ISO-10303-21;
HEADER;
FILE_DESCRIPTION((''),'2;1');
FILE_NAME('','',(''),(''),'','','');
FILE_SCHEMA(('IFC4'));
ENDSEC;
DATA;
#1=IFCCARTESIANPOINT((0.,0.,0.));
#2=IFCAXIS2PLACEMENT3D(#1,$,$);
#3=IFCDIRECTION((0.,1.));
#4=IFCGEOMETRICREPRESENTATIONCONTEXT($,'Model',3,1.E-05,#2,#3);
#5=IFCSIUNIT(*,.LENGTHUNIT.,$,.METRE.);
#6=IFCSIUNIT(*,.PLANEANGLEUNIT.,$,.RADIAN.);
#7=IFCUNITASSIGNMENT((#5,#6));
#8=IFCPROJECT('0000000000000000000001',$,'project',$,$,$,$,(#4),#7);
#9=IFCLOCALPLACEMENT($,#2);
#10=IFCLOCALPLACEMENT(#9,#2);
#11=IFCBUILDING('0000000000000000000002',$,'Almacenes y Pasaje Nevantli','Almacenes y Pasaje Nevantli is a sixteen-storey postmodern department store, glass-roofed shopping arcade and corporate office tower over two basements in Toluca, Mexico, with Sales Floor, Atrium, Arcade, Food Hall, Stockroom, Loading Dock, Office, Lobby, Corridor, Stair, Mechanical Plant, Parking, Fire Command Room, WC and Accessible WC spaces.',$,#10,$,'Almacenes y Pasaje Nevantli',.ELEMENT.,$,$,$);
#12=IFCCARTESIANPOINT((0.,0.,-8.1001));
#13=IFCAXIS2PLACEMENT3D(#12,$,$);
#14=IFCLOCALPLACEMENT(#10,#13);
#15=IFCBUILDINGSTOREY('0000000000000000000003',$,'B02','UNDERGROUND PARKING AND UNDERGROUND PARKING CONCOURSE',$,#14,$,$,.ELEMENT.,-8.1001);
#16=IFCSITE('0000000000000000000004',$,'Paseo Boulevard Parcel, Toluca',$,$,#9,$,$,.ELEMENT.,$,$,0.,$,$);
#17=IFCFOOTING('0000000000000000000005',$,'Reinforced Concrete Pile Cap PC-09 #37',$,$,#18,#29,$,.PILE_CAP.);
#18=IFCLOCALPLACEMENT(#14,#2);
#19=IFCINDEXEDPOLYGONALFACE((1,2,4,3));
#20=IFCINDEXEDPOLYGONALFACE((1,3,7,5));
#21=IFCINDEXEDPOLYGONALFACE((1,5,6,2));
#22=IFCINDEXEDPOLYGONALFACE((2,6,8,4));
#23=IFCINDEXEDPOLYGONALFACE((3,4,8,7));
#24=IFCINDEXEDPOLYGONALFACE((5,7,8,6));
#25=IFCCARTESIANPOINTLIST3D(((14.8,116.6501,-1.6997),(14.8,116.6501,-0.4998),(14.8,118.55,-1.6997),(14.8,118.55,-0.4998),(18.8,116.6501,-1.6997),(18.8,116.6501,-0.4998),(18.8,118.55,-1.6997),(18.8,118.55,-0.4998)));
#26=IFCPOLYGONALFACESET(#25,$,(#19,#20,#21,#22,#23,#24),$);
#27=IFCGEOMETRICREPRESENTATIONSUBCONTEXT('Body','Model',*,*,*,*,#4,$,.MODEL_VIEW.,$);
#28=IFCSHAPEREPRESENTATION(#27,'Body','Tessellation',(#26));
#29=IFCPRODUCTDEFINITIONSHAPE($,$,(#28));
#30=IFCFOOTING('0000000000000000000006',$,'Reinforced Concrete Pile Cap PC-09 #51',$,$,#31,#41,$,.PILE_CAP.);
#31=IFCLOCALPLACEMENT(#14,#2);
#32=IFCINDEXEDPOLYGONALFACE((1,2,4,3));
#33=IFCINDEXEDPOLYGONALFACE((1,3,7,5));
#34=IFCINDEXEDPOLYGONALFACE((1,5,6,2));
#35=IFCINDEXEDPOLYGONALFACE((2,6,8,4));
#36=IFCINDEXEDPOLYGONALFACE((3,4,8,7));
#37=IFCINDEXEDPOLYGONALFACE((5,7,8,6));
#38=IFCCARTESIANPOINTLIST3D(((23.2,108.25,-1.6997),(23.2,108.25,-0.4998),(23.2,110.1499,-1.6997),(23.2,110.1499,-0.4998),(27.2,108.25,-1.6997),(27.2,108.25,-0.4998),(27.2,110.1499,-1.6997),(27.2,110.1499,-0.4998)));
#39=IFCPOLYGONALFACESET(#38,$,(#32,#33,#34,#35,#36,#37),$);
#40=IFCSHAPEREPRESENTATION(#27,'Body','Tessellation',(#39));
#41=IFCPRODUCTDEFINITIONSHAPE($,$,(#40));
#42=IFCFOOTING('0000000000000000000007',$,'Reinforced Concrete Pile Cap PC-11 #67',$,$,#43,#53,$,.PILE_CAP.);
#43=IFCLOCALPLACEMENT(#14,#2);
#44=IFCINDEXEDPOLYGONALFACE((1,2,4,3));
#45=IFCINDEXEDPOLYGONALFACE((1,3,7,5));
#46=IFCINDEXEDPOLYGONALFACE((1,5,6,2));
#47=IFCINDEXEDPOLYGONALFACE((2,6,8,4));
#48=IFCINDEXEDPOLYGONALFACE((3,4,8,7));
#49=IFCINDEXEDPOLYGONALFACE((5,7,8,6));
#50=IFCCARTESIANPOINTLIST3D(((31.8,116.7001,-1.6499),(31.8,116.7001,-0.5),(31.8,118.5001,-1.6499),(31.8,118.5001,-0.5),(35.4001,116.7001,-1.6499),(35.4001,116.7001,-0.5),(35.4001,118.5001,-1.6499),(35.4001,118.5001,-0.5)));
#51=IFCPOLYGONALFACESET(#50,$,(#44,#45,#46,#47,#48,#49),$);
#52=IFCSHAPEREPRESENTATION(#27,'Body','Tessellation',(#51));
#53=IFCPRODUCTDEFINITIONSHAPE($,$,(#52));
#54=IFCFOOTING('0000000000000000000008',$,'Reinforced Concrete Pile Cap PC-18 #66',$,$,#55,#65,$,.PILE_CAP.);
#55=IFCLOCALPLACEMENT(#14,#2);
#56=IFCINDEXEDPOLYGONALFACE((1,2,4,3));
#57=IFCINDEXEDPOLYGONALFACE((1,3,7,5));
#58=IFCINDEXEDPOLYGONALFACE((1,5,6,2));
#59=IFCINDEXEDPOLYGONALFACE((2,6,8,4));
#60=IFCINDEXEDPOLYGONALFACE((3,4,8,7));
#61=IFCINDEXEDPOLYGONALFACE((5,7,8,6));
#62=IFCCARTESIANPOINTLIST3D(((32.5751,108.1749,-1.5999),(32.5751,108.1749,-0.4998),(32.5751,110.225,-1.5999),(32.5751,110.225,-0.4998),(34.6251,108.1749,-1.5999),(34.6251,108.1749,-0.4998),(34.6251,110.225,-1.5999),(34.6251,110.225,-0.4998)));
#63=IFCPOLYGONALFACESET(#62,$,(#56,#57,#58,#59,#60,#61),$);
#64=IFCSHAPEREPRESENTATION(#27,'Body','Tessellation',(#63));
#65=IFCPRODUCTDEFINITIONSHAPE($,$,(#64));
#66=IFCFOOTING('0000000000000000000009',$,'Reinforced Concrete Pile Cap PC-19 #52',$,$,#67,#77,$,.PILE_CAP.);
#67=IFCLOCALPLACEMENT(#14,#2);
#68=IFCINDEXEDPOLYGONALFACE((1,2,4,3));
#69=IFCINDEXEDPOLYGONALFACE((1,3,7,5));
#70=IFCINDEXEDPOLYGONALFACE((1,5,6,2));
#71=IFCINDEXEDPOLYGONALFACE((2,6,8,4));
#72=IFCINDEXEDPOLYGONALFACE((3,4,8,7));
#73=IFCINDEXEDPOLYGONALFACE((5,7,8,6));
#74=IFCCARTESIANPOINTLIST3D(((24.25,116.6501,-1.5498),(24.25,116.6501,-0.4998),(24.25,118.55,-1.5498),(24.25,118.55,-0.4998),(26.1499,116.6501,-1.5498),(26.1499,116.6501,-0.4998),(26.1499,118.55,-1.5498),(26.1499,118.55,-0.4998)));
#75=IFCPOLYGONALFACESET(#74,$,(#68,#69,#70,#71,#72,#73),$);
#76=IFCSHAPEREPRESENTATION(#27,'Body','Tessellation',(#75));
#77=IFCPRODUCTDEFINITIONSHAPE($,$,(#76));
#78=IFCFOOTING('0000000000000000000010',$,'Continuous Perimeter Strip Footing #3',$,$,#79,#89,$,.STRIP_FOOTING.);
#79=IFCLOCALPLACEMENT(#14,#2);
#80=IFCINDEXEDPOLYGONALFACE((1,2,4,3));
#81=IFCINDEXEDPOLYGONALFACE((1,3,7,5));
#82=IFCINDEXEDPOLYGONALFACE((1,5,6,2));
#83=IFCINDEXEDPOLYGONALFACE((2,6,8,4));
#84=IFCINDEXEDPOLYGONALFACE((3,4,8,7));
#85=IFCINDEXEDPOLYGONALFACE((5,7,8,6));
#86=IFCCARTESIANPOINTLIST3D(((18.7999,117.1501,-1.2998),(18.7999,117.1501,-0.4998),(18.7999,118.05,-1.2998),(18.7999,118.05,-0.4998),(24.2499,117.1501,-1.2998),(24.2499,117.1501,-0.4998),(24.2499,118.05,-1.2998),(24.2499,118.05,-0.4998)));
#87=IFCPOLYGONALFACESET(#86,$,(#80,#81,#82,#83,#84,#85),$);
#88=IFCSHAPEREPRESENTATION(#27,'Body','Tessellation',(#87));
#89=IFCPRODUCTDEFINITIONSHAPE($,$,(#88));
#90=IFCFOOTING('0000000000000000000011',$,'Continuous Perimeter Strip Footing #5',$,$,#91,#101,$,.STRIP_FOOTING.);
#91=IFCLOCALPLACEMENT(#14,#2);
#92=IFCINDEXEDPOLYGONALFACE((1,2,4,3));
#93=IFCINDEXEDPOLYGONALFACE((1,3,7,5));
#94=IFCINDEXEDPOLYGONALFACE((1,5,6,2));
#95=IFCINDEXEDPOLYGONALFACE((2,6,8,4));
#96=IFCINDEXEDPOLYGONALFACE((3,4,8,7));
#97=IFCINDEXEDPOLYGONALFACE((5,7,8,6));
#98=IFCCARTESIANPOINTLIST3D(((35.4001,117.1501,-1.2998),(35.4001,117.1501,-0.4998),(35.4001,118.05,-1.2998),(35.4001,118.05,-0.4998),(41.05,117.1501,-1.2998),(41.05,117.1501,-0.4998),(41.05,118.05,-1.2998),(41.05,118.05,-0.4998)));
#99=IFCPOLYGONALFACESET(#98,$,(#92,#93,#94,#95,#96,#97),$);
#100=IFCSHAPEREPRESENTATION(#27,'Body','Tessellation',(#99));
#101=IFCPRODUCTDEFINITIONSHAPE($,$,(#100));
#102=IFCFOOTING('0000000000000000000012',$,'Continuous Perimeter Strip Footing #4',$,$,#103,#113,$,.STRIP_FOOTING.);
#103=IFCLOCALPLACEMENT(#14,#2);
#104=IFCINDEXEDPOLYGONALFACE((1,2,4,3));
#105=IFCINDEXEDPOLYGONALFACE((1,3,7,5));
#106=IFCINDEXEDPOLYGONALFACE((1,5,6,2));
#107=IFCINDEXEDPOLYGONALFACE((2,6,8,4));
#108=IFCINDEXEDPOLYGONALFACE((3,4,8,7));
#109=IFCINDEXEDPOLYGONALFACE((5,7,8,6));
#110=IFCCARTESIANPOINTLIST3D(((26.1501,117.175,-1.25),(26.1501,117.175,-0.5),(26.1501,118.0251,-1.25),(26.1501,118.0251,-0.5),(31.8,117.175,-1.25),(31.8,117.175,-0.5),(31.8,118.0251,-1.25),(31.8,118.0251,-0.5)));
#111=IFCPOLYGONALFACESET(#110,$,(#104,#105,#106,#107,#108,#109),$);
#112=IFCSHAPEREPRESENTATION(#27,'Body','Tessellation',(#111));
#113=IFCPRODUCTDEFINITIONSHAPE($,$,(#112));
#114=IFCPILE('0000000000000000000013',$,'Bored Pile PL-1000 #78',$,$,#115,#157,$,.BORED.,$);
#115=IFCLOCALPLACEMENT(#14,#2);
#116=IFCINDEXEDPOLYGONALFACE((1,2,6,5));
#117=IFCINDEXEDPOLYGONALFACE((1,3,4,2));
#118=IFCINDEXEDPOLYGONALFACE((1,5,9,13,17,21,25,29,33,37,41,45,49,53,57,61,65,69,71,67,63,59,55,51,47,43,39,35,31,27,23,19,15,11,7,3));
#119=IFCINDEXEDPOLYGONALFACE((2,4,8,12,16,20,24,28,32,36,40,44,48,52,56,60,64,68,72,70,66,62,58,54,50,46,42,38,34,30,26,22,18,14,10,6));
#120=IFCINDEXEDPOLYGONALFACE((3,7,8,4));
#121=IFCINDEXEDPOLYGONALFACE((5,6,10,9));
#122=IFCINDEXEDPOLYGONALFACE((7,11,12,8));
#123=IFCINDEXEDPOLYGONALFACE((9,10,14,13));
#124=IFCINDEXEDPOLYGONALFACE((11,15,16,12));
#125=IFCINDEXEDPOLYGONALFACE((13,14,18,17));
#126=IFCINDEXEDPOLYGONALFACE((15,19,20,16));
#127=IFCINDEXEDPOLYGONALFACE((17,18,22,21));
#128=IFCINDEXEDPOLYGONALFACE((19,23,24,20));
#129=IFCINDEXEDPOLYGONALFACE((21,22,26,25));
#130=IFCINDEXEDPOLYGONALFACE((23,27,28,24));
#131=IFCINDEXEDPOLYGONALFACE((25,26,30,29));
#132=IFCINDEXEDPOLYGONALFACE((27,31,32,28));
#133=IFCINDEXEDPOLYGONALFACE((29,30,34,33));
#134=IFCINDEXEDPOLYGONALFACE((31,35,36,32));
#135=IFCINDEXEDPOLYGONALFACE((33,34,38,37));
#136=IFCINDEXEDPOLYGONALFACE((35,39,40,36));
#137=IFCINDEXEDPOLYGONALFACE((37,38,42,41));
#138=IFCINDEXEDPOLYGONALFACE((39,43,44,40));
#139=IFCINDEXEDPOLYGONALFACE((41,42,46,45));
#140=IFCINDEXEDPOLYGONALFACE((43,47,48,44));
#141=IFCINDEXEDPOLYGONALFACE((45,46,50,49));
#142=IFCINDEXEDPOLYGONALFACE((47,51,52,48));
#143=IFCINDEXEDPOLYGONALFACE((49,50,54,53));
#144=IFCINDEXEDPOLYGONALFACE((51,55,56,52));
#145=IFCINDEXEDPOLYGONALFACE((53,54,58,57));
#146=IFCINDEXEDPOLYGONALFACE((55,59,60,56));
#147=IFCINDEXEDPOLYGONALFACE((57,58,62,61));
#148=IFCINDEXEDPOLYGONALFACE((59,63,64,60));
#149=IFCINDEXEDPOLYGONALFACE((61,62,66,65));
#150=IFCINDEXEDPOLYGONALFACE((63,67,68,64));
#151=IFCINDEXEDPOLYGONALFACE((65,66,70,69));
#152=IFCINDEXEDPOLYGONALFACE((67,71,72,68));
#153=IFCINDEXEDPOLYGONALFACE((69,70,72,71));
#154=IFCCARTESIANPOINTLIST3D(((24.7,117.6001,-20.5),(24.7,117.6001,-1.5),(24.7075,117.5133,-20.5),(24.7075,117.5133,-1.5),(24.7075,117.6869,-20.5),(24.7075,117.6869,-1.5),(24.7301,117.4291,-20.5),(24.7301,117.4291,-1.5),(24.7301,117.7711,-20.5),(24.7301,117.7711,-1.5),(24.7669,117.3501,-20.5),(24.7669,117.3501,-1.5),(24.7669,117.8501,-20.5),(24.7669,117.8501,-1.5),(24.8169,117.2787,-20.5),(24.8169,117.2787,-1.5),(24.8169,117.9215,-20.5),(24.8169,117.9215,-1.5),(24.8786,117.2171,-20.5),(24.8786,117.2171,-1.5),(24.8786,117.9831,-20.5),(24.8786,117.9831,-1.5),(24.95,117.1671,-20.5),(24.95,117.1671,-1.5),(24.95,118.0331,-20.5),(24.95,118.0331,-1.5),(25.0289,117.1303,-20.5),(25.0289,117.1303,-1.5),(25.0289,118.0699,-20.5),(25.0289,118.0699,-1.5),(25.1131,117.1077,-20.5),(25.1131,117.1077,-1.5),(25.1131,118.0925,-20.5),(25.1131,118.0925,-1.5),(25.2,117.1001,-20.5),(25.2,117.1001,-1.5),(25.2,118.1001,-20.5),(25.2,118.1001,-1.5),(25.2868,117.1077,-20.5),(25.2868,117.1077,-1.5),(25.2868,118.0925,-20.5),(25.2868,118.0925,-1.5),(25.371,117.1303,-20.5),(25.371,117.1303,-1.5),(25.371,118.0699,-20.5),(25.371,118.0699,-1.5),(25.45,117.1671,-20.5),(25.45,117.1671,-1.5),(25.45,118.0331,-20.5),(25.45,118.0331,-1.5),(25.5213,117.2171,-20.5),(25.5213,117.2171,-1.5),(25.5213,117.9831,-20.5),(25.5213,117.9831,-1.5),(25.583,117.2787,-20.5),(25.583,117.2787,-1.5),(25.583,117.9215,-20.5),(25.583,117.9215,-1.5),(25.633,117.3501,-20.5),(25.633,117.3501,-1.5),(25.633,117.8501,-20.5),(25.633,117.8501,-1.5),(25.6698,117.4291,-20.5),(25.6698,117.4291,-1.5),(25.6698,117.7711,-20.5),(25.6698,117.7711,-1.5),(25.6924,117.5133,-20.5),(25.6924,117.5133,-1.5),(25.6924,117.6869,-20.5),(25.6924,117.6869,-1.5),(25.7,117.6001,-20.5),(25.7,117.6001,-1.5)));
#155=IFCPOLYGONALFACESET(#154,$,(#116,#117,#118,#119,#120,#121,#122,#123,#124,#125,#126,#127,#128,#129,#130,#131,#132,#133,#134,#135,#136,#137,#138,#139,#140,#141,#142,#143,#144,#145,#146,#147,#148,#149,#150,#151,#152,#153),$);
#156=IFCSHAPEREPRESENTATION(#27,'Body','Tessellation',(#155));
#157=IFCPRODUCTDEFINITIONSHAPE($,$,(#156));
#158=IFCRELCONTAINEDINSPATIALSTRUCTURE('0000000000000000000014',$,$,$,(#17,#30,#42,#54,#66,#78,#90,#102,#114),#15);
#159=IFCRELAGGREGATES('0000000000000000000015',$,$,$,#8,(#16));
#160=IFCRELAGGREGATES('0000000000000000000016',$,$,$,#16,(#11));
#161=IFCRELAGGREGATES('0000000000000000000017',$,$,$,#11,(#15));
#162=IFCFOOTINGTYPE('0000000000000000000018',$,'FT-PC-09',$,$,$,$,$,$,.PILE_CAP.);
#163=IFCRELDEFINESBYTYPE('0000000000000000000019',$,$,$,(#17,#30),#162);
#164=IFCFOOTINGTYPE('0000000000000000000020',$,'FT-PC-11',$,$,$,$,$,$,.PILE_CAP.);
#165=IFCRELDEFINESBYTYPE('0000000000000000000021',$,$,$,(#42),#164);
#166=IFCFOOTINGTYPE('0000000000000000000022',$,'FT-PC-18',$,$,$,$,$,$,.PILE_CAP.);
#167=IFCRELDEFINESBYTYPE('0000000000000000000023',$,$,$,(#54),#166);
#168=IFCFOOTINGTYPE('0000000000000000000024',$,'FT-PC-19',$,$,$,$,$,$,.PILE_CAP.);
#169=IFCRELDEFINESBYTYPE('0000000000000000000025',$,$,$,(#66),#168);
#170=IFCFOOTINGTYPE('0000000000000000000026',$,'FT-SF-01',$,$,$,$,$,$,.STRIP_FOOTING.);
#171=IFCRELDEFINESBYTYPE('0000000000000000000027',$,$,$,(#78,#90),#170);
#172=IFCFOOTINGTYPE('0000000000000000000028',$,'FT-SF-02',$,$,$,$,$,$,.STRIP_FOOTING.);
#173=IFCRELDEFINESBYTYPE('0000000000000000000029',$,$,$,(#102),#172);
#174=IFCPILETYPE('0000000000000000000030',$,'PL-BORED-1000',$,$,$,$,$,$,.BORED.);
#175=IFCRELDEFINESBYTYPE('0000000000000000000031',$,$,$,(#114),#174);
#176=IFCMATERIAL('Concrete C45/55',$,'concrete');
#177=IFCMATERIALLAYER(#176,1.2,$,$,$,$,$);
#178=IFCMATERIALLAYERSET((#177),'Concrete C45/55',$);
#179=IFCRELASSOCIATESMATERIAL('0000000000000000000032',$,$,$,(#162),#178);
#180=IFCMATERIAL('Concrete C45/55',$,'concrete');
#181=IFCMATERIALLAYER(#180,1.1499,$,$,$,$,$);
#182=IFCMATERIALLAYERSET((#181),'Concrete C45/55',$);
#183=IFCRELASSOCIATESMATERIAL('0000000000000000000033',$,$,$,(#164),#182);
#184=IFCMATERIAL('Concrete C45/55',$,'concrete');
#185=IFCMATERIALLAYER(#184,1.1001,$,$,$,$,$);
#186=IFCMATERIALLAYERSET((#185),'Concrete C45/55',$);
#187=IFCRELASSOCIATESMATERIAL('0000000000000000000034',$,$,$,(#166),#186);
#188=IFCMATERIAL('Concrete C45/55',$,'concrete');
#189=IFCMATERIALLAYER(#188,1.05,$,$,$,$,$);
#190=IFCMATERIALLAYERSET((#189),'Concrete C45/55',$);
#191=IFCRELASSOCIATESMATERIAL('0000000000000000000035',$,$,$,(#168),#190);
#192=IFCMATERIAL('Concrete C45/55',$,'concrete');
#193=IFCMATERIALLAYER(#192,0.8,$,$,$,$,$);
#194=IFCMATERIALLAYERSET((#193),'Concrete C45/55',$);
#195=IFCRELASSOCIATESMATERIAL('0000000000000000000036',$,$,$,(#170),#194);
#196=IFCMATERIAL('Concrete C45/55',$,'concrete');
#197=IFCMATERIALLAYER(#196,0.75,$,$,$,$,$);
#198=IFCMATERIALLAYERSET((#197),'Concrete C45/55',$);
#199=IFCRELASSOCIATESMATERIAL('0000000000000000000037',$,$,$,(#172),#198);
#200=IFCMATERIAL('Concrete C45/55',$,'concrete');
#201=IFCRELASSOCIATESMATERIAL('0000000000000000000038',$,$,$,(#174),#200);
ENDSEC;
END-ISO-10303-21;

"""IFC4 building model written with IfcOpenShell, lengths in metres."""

from ifc_helpers import new_model, si_unit, direction, frame, origin, origin_2d, place, context, subcontext, project, spatial, rectangle, circle, extrude, material, layer, layer_set, material_profile, profile_set, type_object, element, save


model = new_model("IFC4")

# Units and contexts
model_context = context("Model", 3, precision=1e-05, world=origin(), true_north=direction((0.0, 1.0)))
body_context = subcontext(model_context, "Body", "Model", "MODEL_VIEW")
ifc_project = project(units=[si_unit("LENGTHUNIT", "METRE"), si_unit("PLANEANGLEUNIT", "RADIAN")], contexts=[model_context])

# Site, building, storey
site_placement = place(None, origin())
site = spatial("IfcSite", under=ifc_project, at=site_placement, Name="Paseo Boulevard Parcel, Toluca", CompositionType="ELEMENT", RefElevation=0.0)
building_placement = place(site_placement, origin())
building = spatial("IfcBuilding", under=site, at=building_placement, Name="Almacenes y Pasaje Nevantli", Description="Almacenes y Pasaje Nevantli is a sixteen-storey postmodern department store, glass-roofed shopping arcade and corporate office tower over two basements in Toluca, Mexico, with Sales Floor, Atrium, Arcade, Food Hall, Stockroom, Loading Dock, Office, Lobby, Corridor, Stair, Mechanical Plant, Parking, Fire Command Room, WC and Accessible WC spaces.", LongName="Almacenes y Pasaje Nevantli", CompositionType="ELEMENT")
storey_placement = place(building_placement, frame((0.0, 0.0, -8.1001)))
storey = spatial("IfcBuildingStorey", under=building, at=storey_placement, Name="B02", Description="UNDERGROUND PARKING AND UNDERGROUND PARKING CONCOURSE", CompositionType="ELEMENT", Elevation=-8.1001)

# Footings
ifc_material_1 = material(Name="Concrete C45/55", Category="concrete")
ifc_layer_1 = layer(ifc_material_1, 1.2)
ifc_layer_set_1 = layer_set([ifc_layer_1], Name="Concrete C45/55")
footing_type_1 = type_object("IfcFootingType", Name="FT-PC-09", PredefinedType="PILE_CAP", material=ifc_layer_set_1)
for number, where, z_axis, x_axis, name in (
    (1, (16.8, 117.6001, -1.6997), (0.0, 0.0, 1.0), (1.0, 0.0, 0.0), "Reinforced Concrete Pile Cap PC-09 #37"),
    (2, (25.2, 109.2, -1.6997), (0.0, 0.0, 1.0), (1.0, 0.0, 0.0), "Reinforced Concrete Pile Cap PC-09 #51"),
):
    element("IfcFooting", number, at=place(storey_placement, frame(where, z_axis=z_axis, x_axis=x_axis)), inside=storey, type_object=footing_type_1, Name=name, PredefinedType="PILE_CAP", context=body_context, shape_type="SweptSolid", body=[
        extrude(rectangle(XDim=4.0, YDim=1.8999, at=origin_2d()), origin(), (0.0, 0.0, 1.0), 1.2),
    ])
ifc_material_2 = material(Name="Concrete C45/55", Category="concrete")
ifc_layer_2 = layer(ifc_material_2, 1.1499)
ifc_layer_set_2 = layer_set([ifc_layer_2], Name="Concrete C45/55")
footing_type_2 = type_object("IfcFootingType", Name="FT-PC-11", PredefinedType="PILE_CAP", material=ifc_layer_set_2)
footing_1_placement = place(storey_placement, frame((33.6001, 117.6001, -1.6499), z_axis=(0.0, 0.0, 1.0), x_axis=(1.0, 0.0, 0.0)))
element("IfcFooting", 3, at=footing_1_placement, inside=storey, type_object=footing_type_2, Name="Reinforced Concrete Pile Cap PC-11 #67", PredefinedType="PILE_CAP", context=body_context, shape_type="SweptSolid", body=[
    extrude(rectangle(XDim=3.6001, YDim=1.8, at=origin_2d()), origin(), (0.0, 0.0, 1.0), 1.1499),
])
ifc_material_3 = material(Name="Concrete C45/55", Category="concrete")
ifc_layer_3 = layer(ifc_material_3, 1.1001)
ifc_layer_set_3 = layer_set([ifc_layer_3], Name="Concrete C45/55")
footing_type_3 = type_object("IfcFootingType", Name="FT-PC-18", PredefinedType="PILE_CAP", material=ifc_layer_set_3)
footing_2_placement = place(storey_placement, frame((33.6001, 109.2, -1.5999), z_axis=(0.0, 0.0, 1.0), x_axis=(1.0, 0.0, 0.0)))
element("IfcFooting", 4, at=footing_2_placement, inside=storey, type_object=footing_type_3, Name="Reinforced Concrete Pile Cap PC-18 #66", PredefinedType="PILE_CAP", context=body_context, shape_type="SweptSolid", body=[
    extrude(rectangle(XDim=2.05, YDim=2.05, at=origin_2d()), origin(), (0.0, 0.0, 1.0), 1.1001),
])
ifc_material_4 = material(Name="Concrete C45/55", Category="concrete")
ifc_layer_4 = layer(ifc_material_4, 1.05)
ifc_layer_set_4 = layer_set([ifc_layer_4], Name="Concrete C45/55")
footing_type_4 = type_object("IfcFootingType", Name="FT-PC-19", PredefinedType="PILE_CAP", material=ifc_layer_set_4)
footing_3_placement = place(storey_placement, frame((25.2, 117.6001, -1.5498), z_axis=(0.0, 0.0, 1.0), x_axis=(1.0, 0.0, 0.0)))
element("IfcFooting", 5, at=footing_3_placement, inside=storey, type_object=footing_type_4, Name="Reinforced Concrete Pile Cap PC-19 #52", PredefinedType="PILE_CAP", context=body_context, shape_type="SweptSolid", body=[
    extrude(rectangle(XDim=1.8999, YDim=1.8999, at=origin_2d()), origin(), (0.0, 0.0, 1.0), 1.05),
])
ifc_material_5 = material(Name="Concrete C45/55", Category="concrete")
ifc_layer_5 = layer(ifc_material_5, 0.8)
ifc_layer_set_5 = layer_set([ifc_layer_5], Name="Concrete C45/55")
footing_type_5 = type_object("IfcFootingType", Name="FT-SF-01", PredefinedType="STRIP_FOOTING", material=ifc_layer_set_5)
footing_4_placement = place(storey_placement, frame((21.5249, 117.6001, -1.2998), z_axis=(0.0, 0.0, 1.0), x_axis=(1.0, 0.0, 0.0)))
element("IfcFooting", 6, at=footing_4_placement, inside=storey, type_object=footing_type_5, Name="Continuous Perimeter Strip Footing #3", PredefinedType="STRIP_FOOTING", context=body_context, shape_type="SweptSolid", body=[
    extrude(rectangle(XDim=5.45, YDim=0.8999, at=origin_2d()), origin(), (0.0, 0.0, 1.0), 0.8),
])
footing_5_placement = place(storey_placement, frame((38.2251, 117.6001, -1.2998), z_axis=(0.0, 0.0, 1.0), x_axis=(1.0, 0.0, 0.0)))
element("IfcFooting", 7, at=footing_5_placement, inside=storey, type_object=footing_type_5, Name="Continuous Perimeter Strip Footing #5", PredefinedType="STRIP_FOOTING", context=body_context, shape_type="SweptSolid", body=[
    extrude(rectangle(XDim=5.6499, YDim=0.8999, at=origin_2d()), origin(), (0.0, 0.0, 1.0), 0.8),
])
ifc_material_6 = material(Name="Concrete C45/55", Category="concrete")
ifc_layer_6 = layer(ifc_material_6, 0.75)
ifc_layer_set_6 = layer_set([ifc_layer_6], Name="Concrete C45/55")
footing_type_6 = type_object("IfcFootingType", Name="FT-SF-02", PredefinedType="STRIP_FOOTING", material=ifc_layer_set_6)
footing_6_placement = place(storey_placement, frame((28.9751, 117.6001, -1.25), z_axis=(0.0, 0.0, 1.0), x_axis=(1.0, 0.0, 0.0)))
element("IfcFooting", 8, at=footing_6_placement, inside=storey, type_object=footing_type_6, Name="Continuous Perimeter Strip Footing #4", PredefinedType="STRIP_FOOTING", context=body_context, shape_type="SweptSolid", body=[
    extrude(rectangle(XDim=5.6499, YDim=0.8501, at=origin_2d()), origin(), (0.0, 0.0, 1.0), 0.75),
])

# Pile
ifc_material_7 = material(Name="Concrete C45/55", Category="concrete")
ifc_material_profile_1 = material_profile(ifc_material_7, circle(Radius=0.5, at=origin_2d()), Name="RC-PILE-D1000")
ifc_profile_set_1 = profile_set([ifc_material_profile_1], Name="Concrete C45/55")
pile_type_1 = type_object("IfcPileType", Name="PL-BORED-1000", PredefinedType="BORED", material=ifc_profile_set_1)
pile_1_placement = place(storey_placement, frame((25.2, 117.6001, -1.5), z_axis=(0.0, 0.0, -1.0), x_axis=(1.0, 0.0, 0.0)))
element("IfcPile", 9, at=pile_1_placement, inside=storey, type_object=pile_type_1, Name="Bored Pile PL-1000 #78", PredefinedType="BORED", context=body_context, shape_type="SweptSolid", body=[
    extrude(circle(Radius=0.5, at=origin_2d()), origin(), (0.0, 0.0, 1.0), 19.0),
])

save(model, "model.ifc")
